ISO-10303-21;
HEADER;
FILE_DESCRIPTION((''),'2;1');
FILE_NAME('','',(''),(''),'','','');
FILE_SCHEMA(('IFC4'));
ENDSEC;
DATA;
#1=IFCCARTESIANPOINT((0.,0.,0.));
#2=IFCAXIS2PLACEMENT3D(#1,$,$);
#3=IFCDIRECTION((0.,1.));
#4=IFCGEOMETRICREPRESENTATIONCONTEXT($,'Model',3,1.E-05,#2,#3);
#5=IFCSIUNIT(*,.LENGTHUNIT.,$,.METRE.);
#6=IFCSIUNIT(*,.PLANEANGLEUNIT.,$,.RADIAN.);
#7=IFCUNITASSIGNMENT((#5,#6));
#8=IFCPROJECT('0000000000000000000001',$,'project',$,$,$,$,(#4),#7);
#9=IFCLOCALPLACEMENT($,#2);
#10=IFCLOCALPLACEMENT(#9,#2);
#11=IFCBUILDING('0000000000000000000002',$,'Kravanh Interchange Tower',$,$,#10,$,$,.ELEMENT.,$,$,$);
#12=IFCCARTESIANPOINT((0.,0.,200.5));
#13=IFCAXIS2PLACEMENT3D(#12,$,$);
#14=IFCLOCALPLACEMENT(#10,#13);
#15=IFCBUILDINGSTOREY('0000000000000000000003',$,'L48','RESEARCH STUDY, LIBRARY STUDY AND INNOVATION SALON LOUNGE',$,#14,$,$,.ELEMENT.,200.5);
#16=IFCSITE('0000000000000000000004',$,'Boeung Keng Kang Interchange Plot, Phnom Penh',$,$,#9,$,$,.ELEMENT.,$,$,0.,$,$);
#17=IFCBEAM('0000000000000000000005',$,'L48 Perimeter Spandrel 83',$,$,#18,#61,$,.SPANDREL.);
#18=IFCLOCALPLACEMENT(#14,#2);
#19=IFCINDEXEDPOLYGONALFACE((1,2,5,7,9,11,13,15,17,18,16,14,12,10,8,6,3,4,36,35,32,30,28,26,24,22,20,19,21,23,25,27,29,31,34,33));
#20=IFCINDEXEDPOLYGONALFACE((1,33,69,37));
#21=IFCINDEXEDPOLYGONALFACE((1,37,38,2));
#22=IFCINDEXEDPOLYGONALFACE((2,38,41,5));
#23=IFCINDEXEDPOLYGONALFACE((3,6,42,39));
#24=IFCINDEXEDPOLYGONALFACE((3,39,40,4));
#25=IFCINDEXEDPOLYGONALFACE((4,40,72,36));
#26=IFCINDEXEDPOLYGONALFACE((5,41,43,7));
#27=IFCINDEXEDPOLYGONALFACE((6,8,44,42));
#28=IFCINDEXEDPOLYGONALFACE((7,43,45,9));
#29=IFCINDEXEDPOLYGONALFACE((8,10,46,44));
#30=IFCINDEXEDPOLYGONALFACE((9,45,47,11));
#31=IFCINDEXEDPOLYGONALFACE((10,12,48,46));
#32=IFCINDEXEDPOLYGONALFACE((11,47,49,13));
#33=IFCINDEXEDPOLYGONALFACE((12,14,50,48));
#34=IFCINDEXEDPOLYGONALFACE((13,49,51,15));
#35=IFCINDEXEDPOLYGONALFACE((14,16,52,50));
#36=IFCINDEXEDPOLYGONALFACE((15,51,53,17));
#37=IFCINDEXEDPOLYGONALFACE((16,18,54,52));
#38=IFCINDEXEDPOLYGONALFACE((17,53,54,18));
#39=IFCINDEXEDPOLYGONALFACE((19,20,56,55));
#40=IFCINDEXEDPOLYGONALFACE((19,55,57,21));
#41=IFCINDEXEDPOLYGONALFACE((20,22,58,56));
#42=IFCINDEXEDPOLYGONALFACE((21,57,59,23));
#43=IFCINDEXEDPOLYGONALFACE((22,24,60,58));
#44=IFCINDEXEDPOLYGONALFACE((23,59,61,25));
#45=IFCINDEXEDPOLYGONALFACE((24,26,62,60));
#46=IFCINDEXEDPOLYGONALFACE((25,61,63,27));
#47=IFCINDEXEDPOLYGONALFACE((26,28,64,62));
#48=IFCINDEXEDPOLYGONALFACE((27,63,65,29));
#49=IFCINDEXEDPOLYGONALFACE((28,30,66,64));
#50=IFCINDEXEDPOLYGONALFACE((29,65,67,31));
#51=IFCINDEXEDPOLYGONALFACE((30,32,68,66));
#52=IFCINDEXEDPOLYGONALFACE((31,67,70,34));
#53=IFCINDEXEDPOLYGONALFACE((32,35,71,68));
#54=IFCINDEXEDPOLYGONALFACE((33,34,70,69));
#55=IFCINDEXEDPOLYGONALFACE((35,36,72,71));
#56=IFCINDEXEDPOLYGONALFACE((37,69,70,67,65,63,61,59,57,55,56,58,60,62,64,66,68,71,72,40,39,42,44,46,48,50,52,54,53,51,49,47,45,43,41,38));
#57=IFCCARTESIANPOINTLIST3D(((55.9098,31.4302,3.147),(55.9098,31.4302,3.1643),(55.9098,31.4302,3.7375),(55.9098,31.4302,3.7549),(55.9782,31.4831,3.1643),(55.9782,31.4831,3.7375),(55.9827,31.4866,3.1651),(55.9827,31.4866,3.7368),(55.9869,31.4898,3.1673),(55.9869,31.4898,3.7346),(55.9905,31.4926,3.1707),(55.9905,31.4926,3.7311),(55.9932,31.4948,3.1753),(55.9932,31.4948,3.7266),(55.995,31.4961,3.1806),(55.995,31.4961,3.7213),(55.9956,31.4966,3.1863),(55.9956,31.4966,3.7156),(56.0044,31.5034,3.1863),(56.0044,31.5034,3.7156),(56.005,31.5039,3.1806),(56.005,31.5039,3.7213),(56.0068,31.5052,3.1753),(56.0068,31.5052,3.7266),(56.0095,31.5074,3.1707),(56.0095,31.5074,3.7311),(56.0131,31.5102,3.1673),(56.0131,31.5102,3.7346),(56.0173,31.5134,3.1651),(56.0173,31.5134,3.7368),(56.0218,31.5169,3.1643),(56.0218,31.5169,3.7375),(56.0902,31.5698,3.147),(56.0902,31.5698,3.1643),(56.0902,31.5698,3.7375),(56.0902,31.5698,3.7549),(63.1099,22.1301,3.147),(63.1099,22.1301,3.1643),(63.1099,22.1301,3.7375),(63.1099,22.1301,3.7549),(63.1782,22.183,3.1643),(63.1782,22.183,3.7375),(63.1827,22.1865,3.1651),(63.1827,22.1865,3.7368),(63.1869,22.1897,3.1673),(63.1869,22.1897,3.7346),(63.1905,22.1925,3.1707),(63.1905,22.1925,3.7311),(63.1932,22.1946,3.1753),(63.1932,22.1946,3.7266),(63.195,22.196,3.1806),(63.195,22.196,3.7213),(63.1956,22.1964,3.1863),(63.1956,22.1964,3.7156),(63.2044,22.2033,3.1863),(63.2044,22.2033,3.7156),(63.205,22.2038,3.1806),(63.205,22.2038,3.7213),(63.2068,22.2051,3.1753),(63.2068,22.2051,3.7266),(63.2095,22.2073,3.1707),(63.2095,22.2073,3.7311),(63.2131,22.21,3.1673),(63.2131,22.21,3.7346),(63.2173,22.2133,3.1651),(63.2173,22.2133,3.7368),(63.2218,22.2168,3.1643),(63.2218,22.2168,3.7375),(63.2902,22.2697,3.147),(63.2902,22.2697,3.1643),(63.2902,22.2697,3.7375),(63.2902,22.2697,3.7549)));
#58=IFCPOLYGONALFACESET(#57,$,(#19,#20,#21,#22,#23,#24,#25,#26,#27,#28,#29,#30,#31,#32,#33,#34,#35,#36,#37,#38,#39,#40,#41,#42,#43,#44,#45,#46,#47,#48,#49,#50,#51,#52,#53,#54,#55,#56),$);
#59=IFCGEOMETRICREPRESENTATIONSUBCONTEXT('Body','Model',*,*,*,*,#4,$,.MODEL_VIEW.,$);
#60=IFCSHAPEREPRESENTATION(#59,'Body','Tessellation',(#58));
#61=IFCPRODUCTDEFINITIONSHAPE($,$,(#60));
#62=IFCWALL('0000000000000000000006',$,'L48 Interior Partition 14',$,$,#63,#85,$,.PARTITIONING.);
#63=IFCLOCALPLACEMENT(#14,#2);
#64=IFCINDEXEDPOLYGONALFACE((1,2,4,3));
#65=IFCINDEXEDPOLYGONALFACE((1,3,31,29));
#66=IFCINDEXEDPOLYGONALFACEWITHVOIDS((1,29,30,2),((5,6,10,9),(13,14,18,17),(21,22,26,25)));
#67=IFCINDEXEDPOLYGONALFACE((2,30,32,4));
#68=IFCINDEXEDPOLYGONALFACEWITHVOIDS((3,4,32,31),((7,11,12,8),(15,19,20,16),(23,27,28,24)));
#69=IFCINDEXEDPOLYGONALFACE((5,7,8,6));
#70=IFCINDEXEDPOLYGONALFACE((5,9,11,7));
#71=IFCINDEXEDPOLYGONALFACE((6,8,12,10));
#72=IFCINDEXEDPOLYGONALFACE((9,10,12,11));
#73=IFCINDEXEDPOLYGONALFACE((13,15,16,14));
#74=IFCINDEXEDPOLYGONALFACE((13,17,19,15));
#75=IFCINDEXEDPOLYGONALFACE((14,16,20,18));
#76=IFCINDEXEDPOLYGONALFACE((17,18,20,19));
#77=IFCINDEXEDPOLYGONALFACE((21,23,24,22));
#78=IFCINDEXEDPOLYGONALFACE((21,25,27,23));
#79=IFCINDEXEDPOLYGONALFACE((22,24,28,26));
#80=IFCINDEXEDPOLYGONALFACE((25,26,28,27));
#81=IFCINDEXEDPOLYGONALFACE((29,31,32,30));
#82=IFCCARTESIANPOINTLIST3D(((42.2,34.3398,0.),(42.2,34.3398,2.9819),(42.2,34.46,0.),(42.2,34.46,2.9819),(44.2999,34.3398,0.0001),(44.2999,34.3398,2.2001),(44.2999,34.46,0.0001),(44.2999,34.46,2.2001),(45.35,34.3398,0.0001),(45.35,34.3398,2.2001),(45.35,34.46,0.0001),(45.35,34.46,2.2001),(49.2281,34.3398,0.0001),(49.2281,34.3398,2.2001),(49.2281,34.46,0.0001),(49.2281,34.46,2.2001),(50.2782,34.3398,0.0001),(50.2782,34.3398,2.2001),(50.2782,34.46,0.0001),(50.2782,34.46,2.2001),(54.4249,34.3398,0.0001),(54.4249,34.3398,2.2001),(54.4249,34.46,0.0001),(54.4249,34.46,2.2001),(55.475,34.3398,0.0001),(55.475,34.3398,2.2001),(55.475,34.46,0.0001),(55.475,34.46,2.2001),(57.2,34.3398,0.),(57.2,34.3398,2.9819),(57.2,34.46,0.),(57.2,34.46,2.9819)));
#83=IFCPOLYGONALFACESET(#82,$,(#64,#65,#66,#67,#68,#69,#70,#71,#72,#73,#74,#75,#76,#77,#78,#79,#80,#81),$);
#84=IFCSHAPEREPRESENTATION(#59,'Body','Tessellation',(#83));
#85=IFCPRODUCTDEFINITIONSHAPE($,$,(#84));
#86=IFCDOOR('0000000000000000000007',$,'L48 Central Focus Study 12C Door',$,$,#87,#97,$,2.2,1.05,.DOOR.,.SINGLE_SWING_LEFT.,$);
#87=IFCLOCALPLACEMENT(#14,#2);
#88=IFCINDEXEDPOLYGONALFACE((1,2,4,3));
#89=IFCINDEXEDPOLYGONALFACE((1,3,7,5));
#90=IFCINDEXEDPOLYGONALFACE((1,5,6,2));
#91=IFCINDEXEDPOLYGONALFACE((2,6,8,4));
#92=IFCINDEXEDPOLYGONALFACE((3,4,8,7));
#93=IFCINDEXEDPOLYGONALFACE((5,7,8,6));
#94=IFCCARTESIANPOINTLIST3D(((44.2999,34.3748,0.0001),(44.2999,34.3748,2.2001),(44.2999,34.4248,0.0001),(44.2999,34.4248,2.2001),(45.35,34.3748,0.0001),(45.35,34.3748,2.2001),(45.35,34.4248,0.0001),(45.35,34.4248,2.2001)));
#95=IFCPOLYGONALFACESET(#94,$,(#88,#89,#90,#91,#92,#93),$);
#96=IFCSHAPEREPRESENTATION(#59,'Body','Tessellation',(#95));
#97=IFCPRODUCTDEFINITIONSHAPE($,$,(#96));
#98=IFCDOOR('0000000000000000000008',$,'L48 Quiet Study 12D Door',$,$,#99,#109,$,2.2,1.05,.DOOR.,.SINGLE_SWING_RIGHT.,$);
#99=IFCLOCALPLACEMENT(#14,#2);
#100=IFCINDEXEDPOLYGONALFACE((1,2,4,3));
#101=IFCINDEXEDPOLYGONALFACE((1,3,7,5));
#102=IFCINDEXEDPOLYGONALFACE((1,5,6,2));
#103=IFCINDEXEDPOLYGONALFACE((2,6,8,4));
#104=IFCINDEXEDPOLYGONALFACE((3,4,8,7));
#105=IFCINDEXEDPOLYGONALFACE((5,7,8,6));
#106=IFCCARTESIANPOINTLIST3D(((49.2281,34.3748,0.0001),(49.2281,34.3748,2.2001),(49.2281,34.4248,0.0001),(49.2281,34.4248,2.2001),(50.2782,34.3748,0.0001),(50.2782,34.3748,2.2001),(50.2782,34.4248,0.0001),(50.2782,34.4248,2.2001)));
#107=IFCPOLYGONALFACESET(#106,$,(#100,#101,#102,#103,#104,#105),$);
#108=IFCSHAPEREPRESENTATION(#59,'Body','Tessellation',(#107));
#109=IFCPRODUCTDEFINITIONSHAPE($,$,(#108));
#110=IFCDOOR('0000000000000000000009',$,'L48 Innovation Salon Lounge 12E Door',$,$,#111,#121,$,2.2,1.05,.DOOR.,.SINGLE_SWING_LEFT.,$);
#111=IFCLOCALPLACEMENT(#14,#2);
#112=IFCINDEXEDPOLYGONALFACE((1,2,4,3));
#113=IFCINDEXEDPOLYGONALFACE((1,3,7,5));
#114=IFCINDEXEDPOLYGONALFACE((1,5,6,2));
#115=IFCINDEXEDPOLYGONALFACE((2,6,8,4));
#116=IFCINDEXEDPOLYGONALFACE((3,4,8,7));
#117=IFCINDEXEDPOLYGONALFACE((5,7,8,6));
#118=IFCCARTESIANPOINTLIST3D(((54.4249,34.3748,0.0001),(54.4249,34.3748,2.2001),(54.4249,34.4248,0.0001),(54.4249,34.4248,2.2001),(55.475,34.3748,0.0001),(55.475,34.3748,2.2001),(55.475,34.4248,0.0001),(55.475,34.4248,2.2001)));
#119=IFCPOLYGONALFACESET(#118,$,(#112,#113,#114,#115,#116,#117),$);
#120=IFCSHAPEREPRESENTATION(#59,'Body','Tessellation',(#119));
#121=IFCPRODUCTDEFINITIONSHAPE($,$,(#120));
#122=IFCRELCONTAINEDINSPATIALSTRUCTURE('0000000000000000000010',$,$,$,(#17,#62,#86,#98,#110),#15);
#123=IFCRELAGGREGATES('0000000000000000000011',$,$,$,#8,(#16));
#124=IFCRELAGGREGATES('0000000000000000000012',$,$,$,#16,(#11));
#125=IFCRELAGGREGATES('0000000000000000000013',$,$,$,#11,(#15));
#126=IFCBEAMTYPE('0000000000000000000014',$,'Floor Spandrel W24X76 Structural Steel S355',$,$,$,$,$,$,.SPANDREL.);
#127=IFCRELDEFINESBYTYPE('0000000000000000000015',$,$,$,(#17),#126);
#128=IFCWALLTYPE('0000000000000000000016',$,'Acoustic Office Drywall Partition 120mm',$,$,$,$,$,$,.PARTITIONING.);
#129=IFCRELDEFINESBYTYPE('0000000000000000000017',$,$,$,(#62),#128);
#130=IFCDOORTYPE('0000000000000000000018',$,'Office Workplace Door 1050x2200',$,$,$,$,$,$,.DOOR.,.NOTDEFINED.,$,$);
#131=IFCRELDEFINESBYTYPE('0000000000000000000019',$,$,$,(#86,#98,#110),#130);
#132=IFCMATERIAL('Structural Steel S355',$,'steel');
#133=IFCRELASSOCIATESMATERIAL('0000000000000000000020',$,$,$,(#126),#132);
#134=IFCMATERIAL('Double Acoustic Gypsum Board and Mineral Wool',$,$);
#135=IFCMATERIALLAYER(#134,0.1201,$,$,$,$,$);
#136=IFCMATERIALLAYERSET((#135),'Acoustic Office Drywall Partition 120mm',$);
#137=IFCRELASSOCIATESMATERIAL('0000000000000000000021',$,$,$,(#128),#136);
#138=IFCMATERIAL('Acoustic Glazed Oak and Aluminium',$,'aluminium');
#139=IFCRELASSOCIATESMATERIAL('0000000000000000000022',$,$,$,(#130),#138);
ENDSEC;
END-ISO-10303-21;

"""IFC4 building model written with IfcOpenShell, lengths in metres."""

from ifc_helpers import new_model, si_unit, direction, frame, frame_2d, origin, origin_2d, place, context, subcontext, project, spatial, rectangle, i_section, extrude, material, layer, layer_set, material_profile, profile_set, type_object, element, fill, save


model = new_model("IFC4")

# Units and contexts
model_context = context("Model", 3, precision=1e-05, world=origin(), true_north=direction((0.0, 1.0)))
body_context = subcontext(model_context, "Body", "Model", "MODEL_VIEW")
ifc_project = project(units=[si_unit("LENGTHUNIT", "METRE"), si_unit("PLANEANGLEUNIT", "RADIAN")], contexts=[model_context])

# Site, building, storey
site_placement = place(None, origin())
site = spatial("IfcSite", under=ifc_project, at=site_placement, Name="Boeung Keng Kang Interchange Plot, Phnom Penh", CompositionType="ELEMENT", RefElevation=0.0)
building_placement = place(site_placement, origin())
building = spatial("IfcBuilding", under=site, at=building_placement, Name="Kravanh Interchange Tower", CompositionType="ELEMENT")
storey_placement = place(building_placement, frame((0.0, 0.0, 200.5)))
storey = spatial("IfcBuildingStorey", under=building, at=storey_placement, Name="L48", Description="RESEARCH STUDY, LIBRARY STUDY AND INNOVATION SALON LOUNGE", CompositionType="ELEMENT", Elevation=200.5)

# Beam
ifc_material_1 = material(Name="Structural Steel S355", Category="steel")
ifc_material_profile_1 = material_profile(ifc_material_1, i_section(OverallWidth=0.228, OverallDepth=0.6079, WebThickness=0.0112, FlangeThickness=0.0173, FilletRadius=0.022, at=origin_2d()), Name="W24X76")
ifc_profile_set_1 = profile_set([ifc_material_profile_1], Name="Structural Steel S355")
beam_type_1 = type_object("IfcBeamType", Name="Floor Spandrel W24X76 Structural Steel S355", PredefinedType="SPANDREL", material=ifc_profile_set_1)
beam_1_placement = place(storey_placement, frame((56.0, 31.5, 3.4509), z_axis=(0.612169, -0.790727, 0.0), x_axis=(0.790727, 0.612169, 0.0)))
element("IfcBeam", 1, at=beam_1_placement, inside=storey, type_object=beam_type_1, Name="L48 Perimeter Spandrel 83", PredefinedType="SPANDREL", context=body_context, shape_type="SweptSolid", body=[
    extrude(i_section(OverallWidth=0.228, OverallDepth=0.6079, WebThickness=0.0112, FlangeThickness=0.0173, FilletRadius=0.022, at=origin_2d()), origin(), (0.0, 0.0, 1.0), 11.7615),
])

# Wall, openings, doors
ifc_material_2 = material(Name="Double Acoustic Gypsum Board and Mineral Wool")
ifc_layer = layer(ifc_material_2, 0.1201)
ifc_layer_set = layer_set([ifc_layer], Name="Acoustic Office Drywall Partition 120mm")
wall_type = type_object("IfcWallType", Name="Acoustic Office Drywall Partition 120mm", PredefinedType="PARTITIONING", material=ifc_layer_set)
wall_placement = place(storey_placement, frame((42.2, 34.3999, 0.0), z_axis=(0.0, 0.0, 1.0), x_axis=(1.0, 0.0, 0.0)))
wall = element("IfcWall", 2, at=wall_placement, inside=storey, type_object=wall_type, Name="L48 Interior Partition 14", PredefinedType="PARTITIONING", context=body_context, shape_type="SweptSolid", body=[
    extrude(rectangle(XDim=15.0, YDim=0.1201, at=frame_2d((7.5, 0.0))), origin(), (0.0, 0.0, 1.0), 2.9819),
])
opening_1_placement = place(wall_placement, frame((2.1001, 0.0, 0.0)))
opening_1 = element("IfcOpeningElement", 3, at=opening_1_placement, cuts=wall, PredefinedType="OPENING", context=body_context, shape_type="SweptSolid", body=[
    extrude(rectangle(XDim=1.05, YDim=2.2, at=frame_2d((0.5249, 1.1001))), frame((0.0, 0.0701, 0.0), z_axis=(0.0, -1.0, 0.0), x_axis=(1.0, 0.0, 0.0)), (0.0, 0.0, 1.0), 0.1401),
])
opening_2_placement = place(wall_placement, frame((7.0283, 0.0, 0.0)))
opening_2 = element("IfcOpeningElement", 4, at=opening_2_placement, cuts=wall, PredefinedType="OPENING", context=body_context, shape_type="SweptSolid", body=[
    extrude(rectangle(XDim=1.05, YDim=2.2, at=frame_2d((0.5249, 1.1001))), frame((0.0, 0.0701, 0.0), z_axis=(0.0, -1.0, 0.0), x_axis=(1.0, 0.0, 0.0)), (0.0, 0.0, 1.0), 0.1401),
])
opening_3_placement = place(wall_placement, frame((12.2251, 0.0, 0.0)))
opening_3 = element("IfcOpeningElement", 5, at=opening_3_placement, cuts=wall, PredefinedType="OPENING", context=body_context, shape_type="SweptSolid", body=[
    extrude(rectangle(XDim=1.05, YDim=2.2, at=frame_2d((0.5249, 1.1001))), frame((0.0, 0.0701, 0.0), z_axis=(0.0, -1.0, 0.0), x_axis=(1.0, 0.0, 0.0)), (0.0, 0.0, 1.0), 0.1401),
])
ifc_material_3 = material(Name="Acoustic Glazed Oak and Aluminium", Category="aluminium")
door_type = type_object("IfcDoorType", Name="Office Workplace Door 1050x2200", OperationType="NOTDEFINED", PredefinedType="DOOR", material=ifc_material_3)
door_1_placement = place(opening_1_placement, origin())
door_1 = element("IfcDoor", 6, at=door_1_placement, inside=storey, type_object=door_type, Name="L48 Central Focus Study 12C Door", OperationType="SINGLE_SWING_LEFT", OverallHeight=2.2, OverallWidth=1.05, PredefinedType="DOOR", context=body_context, shape_type="SweptSolid", body=[
    extrude(rectangle(XDim=1.05, YDim=2.2, at=frame_2d((0.5249, 1.1001))), frame((0.0, 0.0249, 0.0), z_axis=(0.0, -1.0, 0.0), x_axis=(1.0, 0.0, 0.0)), (0.0, 0.0, 1.0), 0.05),
])
fill(opening_1, door_1)
door_2_placement = place(opening_2_placement, origin())
door_2 = element("IfcDoor", 7, at=door_2_placement, inside=storey, type_object=door_type, Name="L48 Quiet Study 12D Door", OperationType="SINGLE_SWING_RIGHT", OverallHeight=2.2, OverallWidth=1.05, PredefinedType="DOOR", context=body_context, shape_type="SweptSolid", body=[
    extrude(rectangle(XDim=1.05, YDim=2.2, at=frame_2d((0.5249, 1.1001))), frame((0.0, 0.0249, 0.0), z_axis=(0.0, -1.0, 0.0), x_axis=(1.0, 0.0, 0.0)), (0.0, 0.0, 1.0), 0.05),
])
fill(opening_2, door_2)
door_3_placement = place(opening_3_placement, origin())
door_3 = element("IfcDoor", 8, at=door_3_placement, inside=storey, type_object=door_type, Name="L48 Innovation Salon Lounge 12E Door", OperationType="SINGLE_SWING_LEFT", OverallHeight=2.2, OverallWidth=1.05, PredefinedType="DOOR", context=body_context, shape_type="SweptSolid", body=[
    extrude(rectangle(XDim=1.05, YDim=2.2, at=frame_2d((0.5249, 1.1001))), frame((0.0, 0.0249, 0.0), z_axis=(0.0, -1.0, 0.0), x_axis=(1.0, 0.0, 0.0)), (0.0, 0.0, 1.0), 0.05),
])
fill(opening_3, door_3)

save(model, "model.ifc")
